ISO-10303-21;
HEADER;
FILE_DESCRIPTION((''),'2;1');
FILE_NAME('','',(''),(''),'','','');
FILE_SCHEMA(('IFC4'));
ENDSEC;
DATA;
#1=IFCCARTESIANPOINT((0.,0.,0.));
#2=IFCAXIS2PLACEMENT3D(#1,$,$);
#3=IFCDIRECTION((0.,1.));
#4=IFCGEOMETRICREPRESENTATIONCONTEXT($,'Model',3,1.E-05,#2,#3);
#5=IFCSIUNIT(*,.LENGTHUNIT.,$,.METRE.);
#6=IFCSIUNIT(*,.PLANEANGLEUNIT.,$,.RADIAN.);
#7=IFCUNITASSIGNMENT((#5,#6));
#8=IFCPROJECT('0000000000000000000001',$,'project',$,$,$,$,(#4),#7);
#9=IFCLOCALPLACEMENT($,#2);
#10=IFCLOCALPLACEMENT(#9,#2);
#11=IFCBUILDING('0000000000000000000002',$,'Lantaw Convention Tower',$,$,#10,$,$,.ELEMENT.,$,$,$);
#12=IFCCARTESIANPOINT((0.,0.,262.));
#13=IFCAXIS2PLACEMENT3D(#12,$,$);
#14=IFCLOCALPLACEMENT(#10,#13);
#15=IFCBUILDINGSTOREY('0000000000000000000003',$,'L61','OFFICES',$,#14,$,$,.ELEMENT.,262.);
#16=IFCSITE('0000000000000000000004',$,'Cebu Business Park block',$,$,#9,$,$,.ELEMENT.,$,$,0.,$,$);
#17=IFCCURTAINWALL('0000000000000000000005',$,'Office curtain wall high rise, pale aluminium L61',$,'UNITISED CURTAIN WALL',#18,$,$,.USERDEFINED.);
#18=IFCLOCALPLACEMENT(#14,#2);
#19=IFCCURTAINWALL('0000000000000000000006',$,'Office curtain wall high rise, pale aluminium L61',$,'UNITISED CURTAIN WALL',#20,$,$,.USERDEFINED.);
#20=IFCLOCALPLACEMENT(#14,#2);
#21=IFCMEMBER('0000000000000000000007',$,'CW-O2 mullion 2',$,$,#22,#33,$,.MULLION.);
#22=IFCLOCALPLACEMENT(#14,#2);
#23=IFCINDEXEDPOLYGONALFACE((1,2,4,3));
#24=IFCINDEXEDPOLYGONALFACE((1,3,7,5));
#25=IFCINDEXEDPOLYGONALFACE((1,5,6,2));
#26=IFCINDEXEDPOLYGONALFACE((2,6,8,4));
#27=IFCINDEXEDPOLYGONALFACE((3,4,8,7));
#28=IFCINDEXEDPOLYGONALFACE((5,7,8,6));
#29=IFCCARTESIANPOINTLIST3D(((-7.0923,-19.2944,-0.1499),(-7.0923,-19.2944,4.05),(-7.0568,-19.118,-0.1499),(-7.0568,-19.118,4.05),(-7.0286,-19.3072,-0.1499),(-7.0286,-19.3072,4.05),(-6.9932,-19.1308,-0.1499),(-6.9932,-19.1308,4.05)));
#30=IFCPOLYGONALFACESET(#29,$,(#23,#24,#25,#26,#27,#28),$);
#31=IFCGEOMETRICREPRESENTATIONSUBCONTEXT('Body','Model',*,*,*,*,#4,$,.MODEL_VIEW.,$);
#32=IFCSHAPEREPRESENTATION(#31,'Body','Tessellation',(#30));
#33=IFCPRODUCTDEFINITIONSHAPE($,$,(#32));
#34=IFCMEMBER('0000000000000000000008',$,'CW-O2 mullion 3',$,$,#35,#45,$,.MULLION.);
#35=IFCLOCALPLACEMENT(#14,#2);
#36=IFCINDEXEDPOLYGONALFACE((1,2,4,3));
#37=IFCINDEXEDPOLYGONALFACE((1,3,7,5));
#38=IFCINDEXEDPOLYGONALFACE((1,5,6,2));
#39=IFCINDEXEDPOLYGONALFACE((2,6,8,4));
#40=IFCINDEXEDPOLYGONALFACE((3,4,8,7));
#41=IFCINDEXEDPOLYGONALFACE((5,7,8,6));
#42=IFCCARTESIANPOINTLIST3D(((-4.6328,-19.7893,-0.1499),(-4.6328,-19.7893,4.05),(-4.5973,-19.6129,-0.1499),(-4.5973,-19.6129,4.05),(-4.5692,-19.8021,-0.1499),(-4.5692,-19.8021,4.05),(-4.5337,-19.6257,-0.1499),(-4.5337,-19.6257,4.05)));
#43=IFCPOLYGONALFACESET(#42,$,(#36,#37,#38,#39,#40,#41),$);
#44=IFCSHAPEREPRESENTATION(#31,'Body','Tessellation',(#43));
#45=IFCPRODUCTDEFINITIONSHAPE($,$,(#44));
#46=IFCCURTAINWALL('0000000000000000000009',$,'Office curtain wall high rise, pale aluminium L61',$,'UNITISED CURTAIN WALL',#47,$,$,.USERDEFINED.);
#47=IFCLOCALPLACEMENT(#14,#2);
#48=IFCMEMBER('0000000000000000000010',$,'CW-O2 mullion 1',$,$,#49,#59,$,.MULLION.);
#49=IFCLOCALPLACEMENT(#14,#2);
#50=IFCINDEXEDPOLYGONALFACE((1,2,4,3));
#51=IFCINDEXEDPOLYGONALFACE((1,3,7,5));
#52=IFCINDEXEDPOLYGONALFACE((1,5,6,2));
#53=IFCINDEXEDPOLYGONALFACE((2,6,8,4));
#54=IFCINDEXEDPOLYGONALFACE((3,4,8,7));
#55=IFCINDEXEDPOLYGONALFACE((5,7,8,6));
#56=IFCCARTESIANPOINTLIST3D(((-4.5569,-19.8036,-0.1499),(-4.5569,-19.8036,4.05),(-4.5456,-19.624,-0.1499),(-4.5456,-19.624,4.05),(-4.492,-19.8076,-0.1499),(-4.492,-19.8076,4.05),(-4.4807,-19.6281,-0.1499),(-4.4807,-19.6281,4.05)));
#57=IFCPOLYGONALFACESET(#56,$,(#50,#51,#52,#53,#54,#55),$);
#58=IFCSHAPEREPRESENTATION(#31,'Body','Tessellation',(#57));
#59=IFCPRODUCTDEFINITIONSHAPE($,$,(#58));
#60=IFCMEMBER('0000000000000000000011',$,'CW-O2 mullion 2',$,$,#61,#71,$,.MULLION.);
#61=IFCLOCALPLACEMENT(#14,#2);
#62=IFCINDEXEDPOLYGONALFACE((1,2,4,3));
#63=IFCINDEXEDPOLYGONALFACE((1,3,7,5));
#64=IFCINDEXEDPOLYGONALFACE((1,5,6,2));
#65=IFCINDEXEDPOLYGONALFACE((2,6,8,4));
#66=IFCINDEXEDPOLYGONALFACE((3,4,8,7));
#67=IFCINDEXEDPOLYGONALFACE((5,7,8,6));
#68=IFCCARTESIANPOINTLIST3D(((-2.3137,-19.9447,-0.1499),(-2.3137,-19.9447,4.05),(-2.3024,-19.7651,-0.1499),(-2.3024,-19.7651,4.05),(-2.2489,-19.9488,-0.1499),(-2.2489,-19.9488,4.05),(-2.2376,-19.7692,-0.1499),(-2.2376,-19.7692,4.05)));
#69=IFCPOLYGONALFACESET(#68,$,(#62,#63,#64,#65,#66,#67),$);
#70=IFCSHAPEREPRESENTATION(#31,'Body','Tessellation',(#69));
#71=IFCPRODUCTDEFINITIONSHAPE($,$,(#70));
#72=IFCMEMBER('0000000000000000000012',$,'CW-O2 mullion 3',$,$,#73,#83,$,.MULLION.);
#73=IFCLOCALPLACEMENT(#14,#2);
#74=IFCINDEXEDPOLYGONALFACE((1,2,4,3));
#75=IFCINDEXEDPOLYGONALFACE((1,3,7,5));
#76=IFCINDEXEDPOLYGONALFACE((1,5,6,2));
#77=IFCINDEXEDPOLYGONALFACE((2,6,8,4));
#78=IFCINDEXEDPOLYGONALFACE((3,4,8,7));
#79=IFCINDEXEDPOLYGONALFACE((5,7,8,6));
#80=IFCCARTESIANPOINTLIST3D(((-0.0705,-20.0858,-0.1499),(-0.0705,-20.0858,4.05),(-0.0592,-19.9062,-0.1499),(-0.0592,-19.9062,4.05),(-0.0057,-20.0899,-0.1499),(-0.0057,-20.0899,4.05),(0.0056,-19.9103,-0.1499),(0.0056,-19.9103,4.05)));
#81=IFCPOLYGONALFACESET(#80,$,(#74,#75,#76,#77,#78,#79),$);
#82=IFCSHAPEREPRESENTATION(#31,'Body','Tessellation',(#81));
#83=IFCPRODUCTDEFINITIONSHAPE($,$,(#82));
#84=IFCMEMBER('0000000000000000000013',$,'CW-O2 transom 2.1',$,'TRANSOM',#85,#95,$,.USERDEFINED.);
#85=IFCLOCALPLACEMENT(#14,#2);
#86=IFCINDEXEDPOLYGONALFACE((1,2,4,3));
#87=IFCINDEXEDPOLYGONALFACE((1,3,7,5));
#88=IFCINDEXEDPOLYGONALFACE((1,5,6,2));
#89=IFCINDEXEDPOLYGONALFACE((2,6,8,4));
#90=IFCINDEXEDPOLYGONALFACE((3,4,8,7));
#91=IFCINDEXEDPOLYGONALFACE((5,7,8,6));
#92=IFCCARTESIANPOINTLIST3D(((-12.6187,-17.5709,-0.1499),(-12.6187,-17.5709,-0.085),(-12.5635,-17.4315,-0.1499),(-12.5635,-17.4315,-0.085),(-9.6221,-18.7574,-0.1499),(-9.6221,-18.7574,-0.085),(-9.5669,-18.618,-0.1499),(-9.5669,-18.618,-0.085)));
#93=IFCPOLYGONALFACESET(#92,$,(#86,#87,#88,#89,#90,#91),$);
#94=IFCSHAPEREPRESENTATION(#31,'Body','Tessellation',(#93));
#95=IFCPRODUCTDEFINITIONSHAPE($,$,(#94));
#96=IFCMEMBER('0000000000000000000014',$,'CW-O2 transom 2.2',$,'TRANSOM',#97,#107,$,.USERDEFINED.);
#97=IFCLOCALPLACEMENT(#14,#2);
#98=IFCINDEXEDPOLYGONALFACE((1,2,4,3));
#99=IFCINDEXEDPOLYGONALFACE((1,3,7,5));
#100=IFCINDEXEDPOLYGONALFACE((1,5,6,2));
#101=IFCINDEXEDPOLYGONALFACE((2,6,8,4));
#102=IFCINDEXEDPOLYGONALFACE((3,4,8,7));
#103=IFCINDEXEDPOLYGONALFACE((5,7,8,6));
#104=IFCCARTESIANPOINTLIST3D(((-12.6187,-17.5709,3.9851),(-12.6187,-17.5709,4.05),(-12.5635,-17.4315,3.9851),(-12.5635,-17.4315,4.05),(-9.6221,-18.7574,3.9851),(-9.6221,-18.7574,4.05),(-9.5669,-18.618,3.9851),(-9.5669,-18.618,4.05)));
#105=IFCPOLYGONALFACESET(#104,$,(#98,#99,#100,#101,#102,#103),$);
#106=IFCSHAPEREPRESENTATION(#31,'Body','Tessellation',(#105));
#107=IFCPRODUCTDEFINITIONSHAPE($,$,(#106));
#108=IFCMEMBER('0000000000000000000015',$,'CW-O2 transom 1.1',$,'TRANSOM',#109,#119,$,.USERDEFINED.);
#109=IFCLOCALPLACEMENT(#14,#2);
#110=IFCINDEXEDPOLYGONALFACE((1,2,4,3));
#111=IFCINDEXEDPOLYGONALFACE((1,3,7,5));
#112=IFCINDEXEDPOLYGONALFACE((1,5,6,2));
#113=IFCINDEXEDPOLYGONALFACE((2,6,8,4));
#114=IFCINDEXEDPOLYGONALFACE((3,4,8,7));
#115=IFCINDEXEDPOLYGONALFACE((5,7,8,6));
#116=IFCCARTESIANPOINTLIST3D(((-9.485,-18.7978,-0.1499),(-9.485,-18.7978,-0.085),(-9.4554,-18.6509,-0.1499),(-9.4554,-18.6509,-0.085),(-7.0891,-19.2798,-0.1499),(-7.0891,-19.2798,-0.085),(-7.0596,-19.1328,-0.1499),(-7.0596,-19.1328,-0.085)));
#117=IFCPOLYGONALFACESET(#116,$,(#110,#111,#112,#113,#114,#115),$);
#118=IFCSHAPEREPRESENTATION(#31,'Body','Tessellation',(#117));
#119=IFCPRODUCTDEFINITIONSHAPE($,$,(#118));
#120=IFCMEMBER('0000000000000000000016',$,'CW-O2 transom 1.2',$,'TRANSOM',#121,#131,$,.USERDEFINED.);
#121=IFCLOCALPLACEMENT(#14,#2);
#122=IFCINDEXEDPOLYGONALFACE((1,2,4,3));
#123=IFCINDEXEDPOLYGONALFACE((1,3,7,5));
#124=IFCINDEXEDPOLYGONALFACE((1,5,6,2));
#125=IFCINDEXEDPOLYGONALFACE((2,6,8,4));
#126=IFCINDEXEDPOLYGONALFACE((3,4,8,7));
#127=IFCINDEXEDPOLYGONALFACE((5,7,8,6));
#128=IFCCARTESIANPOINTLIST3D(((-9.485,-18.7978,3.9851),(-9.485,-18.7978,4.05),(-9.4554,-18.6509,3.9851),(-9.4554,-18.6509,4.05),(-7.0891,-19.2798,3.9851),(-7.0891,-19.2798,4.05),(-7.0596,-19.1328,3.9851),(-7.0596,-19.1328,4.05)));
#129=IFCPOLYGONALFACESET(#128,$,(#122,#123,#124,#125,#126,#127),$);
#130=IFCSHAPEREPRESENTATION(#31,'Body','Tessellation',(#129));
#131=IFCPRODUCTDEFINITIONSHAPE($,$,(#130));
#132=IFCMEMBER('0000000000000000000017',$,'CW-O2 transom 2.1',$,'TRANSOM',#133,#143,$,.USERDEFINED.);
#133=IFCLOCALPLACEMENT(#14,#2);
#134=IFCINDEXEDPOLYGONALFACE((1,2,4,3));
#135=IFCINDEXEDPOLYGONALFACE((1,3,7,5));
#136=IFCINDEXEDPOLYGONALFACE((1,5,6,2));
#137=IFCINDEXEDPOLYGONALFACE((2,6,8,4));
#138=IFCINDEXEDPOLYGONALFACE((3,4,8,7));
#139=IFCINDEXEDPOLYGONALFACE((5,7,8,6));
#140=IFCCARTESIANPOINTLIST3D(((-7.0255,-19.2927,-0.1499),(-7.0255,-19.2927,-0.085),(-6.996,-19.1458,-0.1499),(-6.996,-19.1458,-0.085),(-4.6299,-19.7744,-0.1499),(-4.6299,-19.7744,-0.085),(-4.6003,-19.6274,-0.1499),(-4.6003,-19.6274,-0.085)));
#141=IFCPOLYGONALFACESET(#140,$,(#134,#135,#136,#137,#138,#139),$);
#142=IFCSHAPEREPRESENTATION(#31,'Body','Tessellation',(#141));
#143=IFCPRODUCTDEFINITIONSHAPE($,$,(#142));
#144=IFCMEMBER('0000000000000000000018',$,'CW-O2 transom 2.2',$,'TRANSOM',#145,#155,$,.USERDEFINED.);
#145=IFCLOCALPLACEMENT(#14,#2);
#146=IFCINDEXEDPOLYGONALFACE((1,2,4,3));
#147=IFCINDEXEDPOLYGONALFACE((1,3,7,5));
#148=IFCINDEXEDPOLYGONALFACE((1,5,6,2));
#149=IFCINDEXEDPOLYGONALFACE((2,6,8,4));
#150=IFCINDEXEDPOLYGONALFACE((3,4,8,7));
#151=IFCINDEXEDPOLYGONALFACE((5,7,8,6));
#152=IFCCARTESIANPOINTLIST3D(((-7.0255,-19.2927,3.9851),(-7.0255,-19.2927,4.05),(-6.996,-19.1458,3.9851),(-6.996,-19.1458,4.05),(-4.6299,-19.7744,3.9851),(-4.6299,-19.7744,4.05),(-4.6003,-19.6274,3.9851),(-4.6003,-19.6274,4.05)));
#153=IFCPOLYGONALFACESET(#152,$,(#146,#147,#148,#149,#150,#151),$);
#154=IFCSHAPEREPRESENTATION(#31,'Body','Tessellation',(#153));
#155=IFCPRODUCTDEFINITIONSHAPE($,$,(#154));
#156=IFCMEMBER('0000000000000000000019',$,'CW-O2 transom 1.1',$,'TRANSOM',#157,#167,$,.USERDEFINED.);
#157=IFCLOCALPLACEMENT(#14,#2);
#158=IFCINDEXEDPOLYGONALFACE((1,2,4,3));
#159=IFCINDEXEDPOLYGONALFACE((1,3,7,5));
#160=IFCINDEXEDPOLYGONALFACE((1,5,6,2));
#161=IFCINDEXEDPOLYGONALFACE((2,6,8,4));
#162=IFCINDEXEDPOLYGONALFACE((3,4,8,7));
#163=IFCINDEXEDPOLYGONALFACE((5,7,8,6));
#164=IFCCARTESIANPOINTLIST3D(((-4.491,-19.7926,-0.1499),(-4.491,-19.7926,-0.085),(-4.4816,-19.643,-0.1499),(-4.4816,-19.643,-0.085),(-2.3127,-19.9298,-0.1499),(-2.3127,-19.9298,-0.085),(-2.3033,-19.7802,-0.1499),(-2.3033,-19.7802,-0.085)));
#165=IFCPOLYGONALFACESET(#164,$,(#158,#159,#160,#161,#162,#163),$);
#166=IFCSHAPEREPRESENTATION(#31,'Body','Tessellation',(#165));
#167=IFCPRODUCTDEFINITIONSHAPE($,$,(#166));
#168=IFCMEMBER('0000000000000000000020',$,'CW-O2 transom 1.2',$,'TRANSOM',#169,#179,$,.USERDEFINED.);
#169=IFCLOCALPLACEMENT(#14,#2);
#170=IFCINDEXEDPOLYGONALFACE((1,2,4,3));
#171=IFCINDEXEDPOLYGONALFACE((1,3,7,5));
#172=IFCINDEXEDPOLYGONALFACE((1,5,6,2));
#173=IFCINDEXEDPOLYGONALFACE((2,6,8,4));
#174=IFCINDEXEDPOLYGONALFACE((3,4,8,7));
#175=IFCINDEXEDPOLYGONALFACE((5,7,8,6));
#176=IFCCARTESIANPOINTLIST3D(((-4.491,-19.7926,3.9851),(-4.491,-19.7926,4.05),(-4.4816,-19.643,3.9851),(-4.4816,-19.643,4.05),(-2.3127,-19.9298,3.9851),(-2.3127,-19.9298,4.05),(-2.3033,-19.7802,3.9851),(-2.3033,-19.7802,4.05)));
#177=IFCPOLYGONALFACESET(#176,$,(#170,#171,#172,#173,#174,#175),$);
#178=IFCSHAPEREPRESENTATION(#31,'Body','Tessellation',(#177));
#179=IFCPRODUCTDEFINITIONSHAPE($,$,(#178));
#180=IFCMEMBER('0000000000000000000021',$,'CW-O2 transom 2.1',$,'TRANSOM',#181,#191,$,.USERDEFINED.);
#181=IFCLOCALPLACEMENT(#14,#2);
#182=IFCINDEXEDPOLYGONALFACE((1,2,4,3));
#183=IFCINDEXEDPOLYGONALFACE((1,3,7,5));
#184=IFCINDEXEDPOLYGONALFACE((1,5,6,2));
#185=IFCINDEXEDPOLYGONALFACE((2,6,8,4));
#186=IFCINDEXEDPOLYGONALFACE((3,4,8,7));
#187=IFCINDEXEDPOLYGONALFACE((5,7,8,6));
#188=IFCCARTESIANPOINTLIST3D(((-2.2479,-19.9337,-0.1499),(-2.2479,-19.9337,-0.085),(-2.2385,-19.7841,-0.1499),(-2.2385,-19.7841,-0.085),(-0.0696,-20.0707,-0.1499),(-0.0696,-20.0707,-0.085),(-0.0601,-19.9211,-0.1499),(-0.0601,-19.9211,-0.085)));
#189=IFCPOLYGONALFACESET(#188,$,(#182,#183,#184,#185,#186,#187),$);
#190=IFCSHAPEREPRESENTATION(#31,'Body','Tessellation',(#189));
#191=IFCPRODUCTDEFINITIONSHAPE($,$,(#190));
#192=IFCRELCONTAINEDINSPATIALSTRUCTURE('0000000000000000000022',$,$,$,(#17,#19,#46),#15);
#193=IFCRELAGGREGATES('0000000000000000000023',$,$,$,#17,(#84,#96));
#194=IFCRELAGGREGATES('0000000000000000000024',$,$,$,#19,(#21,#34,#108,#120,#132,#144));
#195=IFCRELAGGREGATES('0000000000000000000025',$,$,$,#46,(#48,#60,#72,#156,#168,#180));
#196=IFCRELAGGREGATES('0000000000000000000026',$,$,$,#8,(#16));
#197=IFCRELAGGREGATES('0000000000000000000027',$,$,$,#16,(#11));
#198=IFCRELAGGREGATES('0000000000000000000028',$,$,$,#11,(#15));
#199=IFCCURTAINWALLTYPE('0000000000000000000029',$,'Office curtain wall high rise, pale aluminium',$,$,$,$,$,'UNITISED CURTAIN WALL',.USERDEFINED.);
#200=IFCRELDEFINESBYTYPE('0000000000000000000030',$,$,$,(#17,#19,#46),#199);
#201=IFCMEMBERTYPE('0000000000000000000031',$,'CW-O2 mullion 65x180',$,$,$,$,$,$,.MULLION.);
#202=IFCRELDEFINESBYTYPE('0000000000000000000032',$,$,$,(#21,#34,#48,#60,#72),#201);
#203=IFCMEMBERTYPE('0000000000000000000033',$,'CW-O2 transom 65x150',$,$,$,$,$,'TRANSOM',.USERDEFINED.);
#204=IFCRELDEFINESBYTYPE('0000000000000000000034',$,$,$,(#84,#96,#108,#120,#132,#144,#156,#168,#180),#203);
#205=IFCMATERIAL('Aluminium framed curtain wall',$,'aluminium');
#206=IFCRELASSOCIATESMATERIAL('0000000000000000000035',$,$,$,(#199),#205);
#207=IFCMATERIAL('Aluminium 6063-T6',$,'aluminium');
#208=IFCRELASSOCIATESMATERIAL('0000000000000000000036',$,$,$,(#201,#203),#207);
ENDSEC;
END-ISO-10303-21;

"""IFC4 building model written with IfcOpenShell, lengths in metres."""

from ifc_helpers import new_model, si_unit, direction, frame, origin, origin_2d, place, context, subcontext, project, spatial, rectangle, extrude, material, material_profile, profile_set, type_object, element, aggregate, save


model = new_model("IFC4")

# Units and contexts
model_context = context("Model", 3, precision=1e-05, world=origin(), true_north=direction((0.0, 1.0)))
body_context = subcontext(model_context, "Body", "Model", "MODEL_VIEW")
ifc_project = project(units=[si_unit("LENGTHUNIT", "METRE"), si_unit("PLANEANGLEUNIT", "RADIAN")], contexts=[model_context])

# Site, building, storey
site_placement = place(None, origin())
site = spatial("IfcSite", under=ifc_project, at=site_placement, Name="Cebu Business Park block", CompositionType="ELEMENT", RefElevation=0.0)
building_placement = place(site_placement, origin())
building = spatial("IfcBuilding", under=site, at=building_placement, Name="Lantaw Convention Tower", CompositionType="ELEMENT")
storey_placement = place(building_placement, frame((0.0, 0.0, 262.0)))
storey = spatial("IfcBuildingStorey", under=building, at=storey_placement, Name="L61", Description="OFFICES", CompositionType="ELEMENT", Elevation=262.0)

# Curtain walls, members
ifc_material_1 = material(Name="Aluminium framed curtain wall", Category="aluminium")
curtain_wall_type = type_object("IfcCurtainWallType", Name="Office curtain wall high rise, pale aluminium", ElementType="UNITISED CURTAIN WALL", PredefinedType="USERDEFINED", material=ifc_material_1)
curtain_wall_1_placement = place(storey_placement, origin())
curtain_wall_1 = element("IfcCurtainWall", 1, at=curtain_wall_1_placement, inside=storey, type_object=curtain_wall_type, Name="Office curtain wall high rise, pale aluminium L61", ObjectType="UNITISED CURTAIN WALL", PredefinedType="USERDEFINED")
ifc_material_2 = material(Name="Aluminium 6063-T6", Category="aluminium")
ifc_material_profile_1 = material_profile(ifc_material_2, rectangle(XDim=0.1799, YDim=0.0649, at=origin_2d()), Name="CW-O2 mullion 65x180")
ifc_profile_set_1 = profile_set([ifc_material_profile_1], Name="Aluminium 6063-T6")
member_type_1 = type_object("IfcMemberType", Name="CW-O2 mullion 65x180", PredefinedType="MULLION", material=ifc_profile_set_1)
curtain_wall_2_placement = place(storey_placement, origin())
curtain_wall_2 = element("IfcCurtainWall", 2, at=curtain_wall_2_placement, inside=storey, type_object=curtain_wall_type, Name="Office curtain wall high rise, pale aluminium L61", ObjectType="UNITISED CURTAIN WALL", PredefinedType="USERDEFINED")
member_1_placement = place(storey_placement, frame((-7.0427, -19.2126, -0.1499), z_axis=(0.0, 0.0, 1.0), x_axis=(0.197183, 0.980367, 0.0)))
member_1 = element("IfcMember", 3, at=member_1_placement, type_object=member_type_1, Name="CW-O2 mullion 2", PredefinedType="MULLION", context=body_context, shape_type="SweptSolid", body=[
    extrude(rectangle(XDim=0.1799, YDim=0.0649, at=origin_2d()), origin(), (0.0, 0.0, 1.0), 4.2),
])
member_2_placement = place(storey_placement, frame((-4.5833, -19.7075, -0.1499), z_axis=(0.0, 0.0, 1.0), x_axis=(0.197183, 0.980367, 0.0)))
member_2 = element("IfcMember", 4, at=member_2_placement, type_object=member_type_1, Name="CW-O2 mullion 3", PredefinedType="MULLION", context=body_context, shape_type="SweptSolid", body=[
    extrude(rectangle(XDim=0.1799, YDim=0.0649, at=origin_2d()), origin(), (0.0, 0.0, 1.0), 4.2),
])
curtain_wall_3_placement = place(storey_placement, origin())
curtain_wall_3 = element("IfcCurtainWall", 5, at=curtain_wall_3_placement, inside=storey, type_object=curtain_wall_type, Name="Office curtain wall high rise, pale aluminium L61", ObjectType="UNITISED CURTAIN WALL", PredefinedType="USERDEFINED")
member_3_placement = place(storey_placement, frame((-4.5188, -19.7158, -0.1499), z_axis=(0.0, 0.0, 1.0), x_axis=(0.062758, 0.998029, 0.0)))
member_3 = element("IfcMember", 6, at=member_3_placement, type_object=member_type_1, Name="CW-O2 mullion 1", PredefinedType="MULLION", context=body_context, shape_type="SweptSolid", body=[
    extrude(rectangle(XDim=0.1799, YDim=0.0649, at=origin_2d()), origin(), (0.0, 0.0, 1.0), 4.2),
])
member_4_placement = place(storey_placement, frame((-2.2756, -19.8569, -0.1499), z_axis=(0.0, 0.0, 1.0), x_axis=(0.062758, 0.998029, 0.0)))
member_4 = element("IfcMember", 7, at=member_4_placement, type_object=member_type_1, Name="CW-O2 mullion 2", PredefinedType="MULLION", context=body_context, shape_type="SweptSolid", body=[
    extrude(rectangle(XDim=0.1799, YDim=0.0649, at=origin_2d()), origin(), (0.0, 0.0, 1.0), 4.2),
])
member_5_placement = place(storey_placement, frame((-0.0325, -19.998, -0.1499), z_axis=(0.0, 0.0, 1.0), x_axis=(0.062758, 0.998029, 0.0)))
member_5 = element("IfcMember", 8, at=member_5_placement, type_object=member_type_1, Name="CW-O2 mullion 3", PredefinedType="MULLION", context=body_context, shape_type="SweptSolid", body=[
    extrude(rectangle(XDim=0.1799, YDim=0.0649, at=origin_2d()), origin(), (0.0, 0.0, 1.0), 4.2),
])

# Members
ifc_material_profile_2 = material_profile(ifc_material_2, rectangle(XDim=0.1499, YDim=0.0649, at=origin_2d()), Name="CW-O2 transom 65x150")
ifc_profile_set_2 = profile_set([ifc_material_profile_2], Name="Aluminium 6063-T6")
member_type_2 = type_object("IfcMemberType", Name="CW-O2 transom 65x150", ElementType="TRANSOM", PredefinedType="USERDEFINED", material=ifc_profile_set_2)
member_6_placement = place(storey_placement, frame((-12.5911, -17.5012, -0.1174), z_axis=(0.929767, -0.368149, 0.0), x_axis=(0.368149, 0.929767, 0.0)))
member_6 = element("IfcMember", 9, at=member_6_placement, type_object=member_type_2, Name="CW-O2 transom 2.1", ObjectType="TRANSOM", PredefinedType="USERDEFINED", context=body_context, shape_type="SweptSolid", body=[
    extrude(rectangle(XDim=0.1499, YDim=0.0649, at=origin_2d()), origin(), (0.0, 0.0, 1.0), 3.2229),
])
member_7_placement = place(storey_placement, frame((-12.5911, -17.5012, 4.0176), z_axis=(0.929767, -0.368149, 0.0), x_axis=(0.368149, 0.929767, 0.0)))
member_7 = element("IfcMember", 10, at=member_7_placement, type_object=member_type_2, Name="CW-O2 transom 2.2", ObjectType="TRANSOM", PredefinedType="USERDEFINED", context=body_context, shape_type="SweptSolid", body=[
    extrude(rectangle(XDim=0.1499, YDim=0.0649, at=origin_2d()), origin(), (0.0, 0.0, 1.0), 3.2229),
])
member_8_placement = place(storey_placement, frame((-9.4702, -18.7244, -0.1174), z_axis=(0.980361, -0.197211, 0.0), x_axis=(0.197211, 0.980361, 0.0)))
member_8 = element("IfcMember", 11, at=member_8_placement, type_object=member_type_2, Name="CW-O2 transom 1.1", ObjectType="TRANSOM", PredefinedType="USERDEFINED", context=body_context, shape_type="SweptSolid", body=[
    extrude(rectangle(XDim=0.1499, YDim=0.0649, at=origin_2d()), origin(), (0.0, 0.0, 1.0), 2.4438),
])
member_9_placement = place(storey_placement, frame((-9.4702, -18.7244, 4.0176), z_axis=(0.980361, -0.197211, 0.0), x_axis=(0.197211, 0.980361, 0.0)))
member_9 = element("IfcMember", 12, at=member_9_placement, type_object=member_type_2, Name="CW-O2 transom 1.2", ObjectType="TRANSOM", PredefinedType="USERDEFINED", context=body_context, shape_type="SweptSolid", body=[
    extrude(rectangle(XDim=0.1499, YDim=0.0649, at=origin_2d()), origin(), (0.0, 0.0, 1.0), 2.4438),
])
member_10_placement = place(storey_placement, frame((-7.0107, -19.2192, -0.1174), z_axis=(0.98038, -0.197115, 0.0), x_axis=(0.197115, 0.98038, 0.0)))
member_10 = element("IfcMember", 13, at=member_10_placement, type_object=member_type_2, Name="CW-O2 transom 2.1", ObjectType="TRANSOM", PredefinedType="USERDEFINED", context=body_context, shape_type="SweptSolid", body=[
    extrude(rectangle(XDim=0.1499, YDim=0.0649, at=origin_2d()), origin(), (0.0, 0.0, 1.0), 2.4436),
])
member_11_placement = place(storey_placement, frame((-7.0107, -19.2192, 4.0176), z_axis=(0.98038, -0.197115, 0.0), x_axis=(0.197115, 0.98038, 0.0)))
member_11 = element("IfcMember", 14, at=member_11_placement, type_object=member_type_2, Name="CW-O2 transom 2.2", ObjectType="TRANSOM", PredefinedType="USERDEFINED", context=body_context, shape_type="SweptSolid", body=[
    extrude(rectangle(XDim=0.1499, YDim=0.0649, at=origin_2d()), origin(), (0.0, 0.0, 1.0), 2.4436),
])
member_12_placement = place(storey_placement, frame((-4.4863, -19.7178, -0.1174), z_axis=(0.998022, -0.062866, 0.0), x_axis=(0.062866, 0.998022, 0.0)))
member_12 = element("IfcMember", 15, at=member_12_placement, type_object=member_type_2, Name="CW-O2 transom 1.1", ObjectType="TRANSOM", PredefinedType="USERDEFINED", context=body_context, shape_type="SweptSolid", body=[
    extrude(rectangle(XDim=0.1499, YDim=0.0649, at=origin_2d()), origin(), (0.0, 0.0, 1.0), 2.1826),
])
member_13_placement = place(storey_placement, frame((-4.4863, -19.7178, 4.0176), z_axis=(0.998022, -0.062866, 0.0), x_axis=(0.062866, 0.998022, 0.0)))
member_13 = element("IfcMember", 16, at=member_13_placement, type_object=member_type_2, Name="CW-O2 transom 1.2", ObjectType="TRANSOM", PredefinedType="USERDEFINED", context=body_context, shape_type="SweptSolid", body=[
    extrude(rectangle(XDim=0.1499, YDim=0.0649, at=origin_2d()), origin(), (0.0, 0.0, 1.0), 2.1826),
])
member_14_placement = place(storey_placement, frame((-2.2432, -19.8589, -0.1174), z_axis=(0.998029, -0.062754, 0.0), x_axis=(0.062754, 0.998029, 0.0)))
member_14 = element("IfcMember", 17, at=member_14_placement, type_object=member_type_2, Name="CW-O2 transom 2.1", ObjectType="TRANSOM", PredefinedType="USERDEFINED", context=body_context, shape_type="SweptSolid", body=[
    extrude(rectangle(XDim=0.1499, YDim=0.0649, at=origin_2d()), origin(), (0.0, 0.0, 1.0), 2.1826),
])

aggregate(curtain_wall_1, [member_6, member_7])
aggregate(curtain_wall_2, [member_1, member_2, member_8, member_9, member_10, member_11])
aggregate(curtain_wall_3, [member_3, member_4, member_5, member_12, member_13, member_14])

save(model, "model.ifc")
